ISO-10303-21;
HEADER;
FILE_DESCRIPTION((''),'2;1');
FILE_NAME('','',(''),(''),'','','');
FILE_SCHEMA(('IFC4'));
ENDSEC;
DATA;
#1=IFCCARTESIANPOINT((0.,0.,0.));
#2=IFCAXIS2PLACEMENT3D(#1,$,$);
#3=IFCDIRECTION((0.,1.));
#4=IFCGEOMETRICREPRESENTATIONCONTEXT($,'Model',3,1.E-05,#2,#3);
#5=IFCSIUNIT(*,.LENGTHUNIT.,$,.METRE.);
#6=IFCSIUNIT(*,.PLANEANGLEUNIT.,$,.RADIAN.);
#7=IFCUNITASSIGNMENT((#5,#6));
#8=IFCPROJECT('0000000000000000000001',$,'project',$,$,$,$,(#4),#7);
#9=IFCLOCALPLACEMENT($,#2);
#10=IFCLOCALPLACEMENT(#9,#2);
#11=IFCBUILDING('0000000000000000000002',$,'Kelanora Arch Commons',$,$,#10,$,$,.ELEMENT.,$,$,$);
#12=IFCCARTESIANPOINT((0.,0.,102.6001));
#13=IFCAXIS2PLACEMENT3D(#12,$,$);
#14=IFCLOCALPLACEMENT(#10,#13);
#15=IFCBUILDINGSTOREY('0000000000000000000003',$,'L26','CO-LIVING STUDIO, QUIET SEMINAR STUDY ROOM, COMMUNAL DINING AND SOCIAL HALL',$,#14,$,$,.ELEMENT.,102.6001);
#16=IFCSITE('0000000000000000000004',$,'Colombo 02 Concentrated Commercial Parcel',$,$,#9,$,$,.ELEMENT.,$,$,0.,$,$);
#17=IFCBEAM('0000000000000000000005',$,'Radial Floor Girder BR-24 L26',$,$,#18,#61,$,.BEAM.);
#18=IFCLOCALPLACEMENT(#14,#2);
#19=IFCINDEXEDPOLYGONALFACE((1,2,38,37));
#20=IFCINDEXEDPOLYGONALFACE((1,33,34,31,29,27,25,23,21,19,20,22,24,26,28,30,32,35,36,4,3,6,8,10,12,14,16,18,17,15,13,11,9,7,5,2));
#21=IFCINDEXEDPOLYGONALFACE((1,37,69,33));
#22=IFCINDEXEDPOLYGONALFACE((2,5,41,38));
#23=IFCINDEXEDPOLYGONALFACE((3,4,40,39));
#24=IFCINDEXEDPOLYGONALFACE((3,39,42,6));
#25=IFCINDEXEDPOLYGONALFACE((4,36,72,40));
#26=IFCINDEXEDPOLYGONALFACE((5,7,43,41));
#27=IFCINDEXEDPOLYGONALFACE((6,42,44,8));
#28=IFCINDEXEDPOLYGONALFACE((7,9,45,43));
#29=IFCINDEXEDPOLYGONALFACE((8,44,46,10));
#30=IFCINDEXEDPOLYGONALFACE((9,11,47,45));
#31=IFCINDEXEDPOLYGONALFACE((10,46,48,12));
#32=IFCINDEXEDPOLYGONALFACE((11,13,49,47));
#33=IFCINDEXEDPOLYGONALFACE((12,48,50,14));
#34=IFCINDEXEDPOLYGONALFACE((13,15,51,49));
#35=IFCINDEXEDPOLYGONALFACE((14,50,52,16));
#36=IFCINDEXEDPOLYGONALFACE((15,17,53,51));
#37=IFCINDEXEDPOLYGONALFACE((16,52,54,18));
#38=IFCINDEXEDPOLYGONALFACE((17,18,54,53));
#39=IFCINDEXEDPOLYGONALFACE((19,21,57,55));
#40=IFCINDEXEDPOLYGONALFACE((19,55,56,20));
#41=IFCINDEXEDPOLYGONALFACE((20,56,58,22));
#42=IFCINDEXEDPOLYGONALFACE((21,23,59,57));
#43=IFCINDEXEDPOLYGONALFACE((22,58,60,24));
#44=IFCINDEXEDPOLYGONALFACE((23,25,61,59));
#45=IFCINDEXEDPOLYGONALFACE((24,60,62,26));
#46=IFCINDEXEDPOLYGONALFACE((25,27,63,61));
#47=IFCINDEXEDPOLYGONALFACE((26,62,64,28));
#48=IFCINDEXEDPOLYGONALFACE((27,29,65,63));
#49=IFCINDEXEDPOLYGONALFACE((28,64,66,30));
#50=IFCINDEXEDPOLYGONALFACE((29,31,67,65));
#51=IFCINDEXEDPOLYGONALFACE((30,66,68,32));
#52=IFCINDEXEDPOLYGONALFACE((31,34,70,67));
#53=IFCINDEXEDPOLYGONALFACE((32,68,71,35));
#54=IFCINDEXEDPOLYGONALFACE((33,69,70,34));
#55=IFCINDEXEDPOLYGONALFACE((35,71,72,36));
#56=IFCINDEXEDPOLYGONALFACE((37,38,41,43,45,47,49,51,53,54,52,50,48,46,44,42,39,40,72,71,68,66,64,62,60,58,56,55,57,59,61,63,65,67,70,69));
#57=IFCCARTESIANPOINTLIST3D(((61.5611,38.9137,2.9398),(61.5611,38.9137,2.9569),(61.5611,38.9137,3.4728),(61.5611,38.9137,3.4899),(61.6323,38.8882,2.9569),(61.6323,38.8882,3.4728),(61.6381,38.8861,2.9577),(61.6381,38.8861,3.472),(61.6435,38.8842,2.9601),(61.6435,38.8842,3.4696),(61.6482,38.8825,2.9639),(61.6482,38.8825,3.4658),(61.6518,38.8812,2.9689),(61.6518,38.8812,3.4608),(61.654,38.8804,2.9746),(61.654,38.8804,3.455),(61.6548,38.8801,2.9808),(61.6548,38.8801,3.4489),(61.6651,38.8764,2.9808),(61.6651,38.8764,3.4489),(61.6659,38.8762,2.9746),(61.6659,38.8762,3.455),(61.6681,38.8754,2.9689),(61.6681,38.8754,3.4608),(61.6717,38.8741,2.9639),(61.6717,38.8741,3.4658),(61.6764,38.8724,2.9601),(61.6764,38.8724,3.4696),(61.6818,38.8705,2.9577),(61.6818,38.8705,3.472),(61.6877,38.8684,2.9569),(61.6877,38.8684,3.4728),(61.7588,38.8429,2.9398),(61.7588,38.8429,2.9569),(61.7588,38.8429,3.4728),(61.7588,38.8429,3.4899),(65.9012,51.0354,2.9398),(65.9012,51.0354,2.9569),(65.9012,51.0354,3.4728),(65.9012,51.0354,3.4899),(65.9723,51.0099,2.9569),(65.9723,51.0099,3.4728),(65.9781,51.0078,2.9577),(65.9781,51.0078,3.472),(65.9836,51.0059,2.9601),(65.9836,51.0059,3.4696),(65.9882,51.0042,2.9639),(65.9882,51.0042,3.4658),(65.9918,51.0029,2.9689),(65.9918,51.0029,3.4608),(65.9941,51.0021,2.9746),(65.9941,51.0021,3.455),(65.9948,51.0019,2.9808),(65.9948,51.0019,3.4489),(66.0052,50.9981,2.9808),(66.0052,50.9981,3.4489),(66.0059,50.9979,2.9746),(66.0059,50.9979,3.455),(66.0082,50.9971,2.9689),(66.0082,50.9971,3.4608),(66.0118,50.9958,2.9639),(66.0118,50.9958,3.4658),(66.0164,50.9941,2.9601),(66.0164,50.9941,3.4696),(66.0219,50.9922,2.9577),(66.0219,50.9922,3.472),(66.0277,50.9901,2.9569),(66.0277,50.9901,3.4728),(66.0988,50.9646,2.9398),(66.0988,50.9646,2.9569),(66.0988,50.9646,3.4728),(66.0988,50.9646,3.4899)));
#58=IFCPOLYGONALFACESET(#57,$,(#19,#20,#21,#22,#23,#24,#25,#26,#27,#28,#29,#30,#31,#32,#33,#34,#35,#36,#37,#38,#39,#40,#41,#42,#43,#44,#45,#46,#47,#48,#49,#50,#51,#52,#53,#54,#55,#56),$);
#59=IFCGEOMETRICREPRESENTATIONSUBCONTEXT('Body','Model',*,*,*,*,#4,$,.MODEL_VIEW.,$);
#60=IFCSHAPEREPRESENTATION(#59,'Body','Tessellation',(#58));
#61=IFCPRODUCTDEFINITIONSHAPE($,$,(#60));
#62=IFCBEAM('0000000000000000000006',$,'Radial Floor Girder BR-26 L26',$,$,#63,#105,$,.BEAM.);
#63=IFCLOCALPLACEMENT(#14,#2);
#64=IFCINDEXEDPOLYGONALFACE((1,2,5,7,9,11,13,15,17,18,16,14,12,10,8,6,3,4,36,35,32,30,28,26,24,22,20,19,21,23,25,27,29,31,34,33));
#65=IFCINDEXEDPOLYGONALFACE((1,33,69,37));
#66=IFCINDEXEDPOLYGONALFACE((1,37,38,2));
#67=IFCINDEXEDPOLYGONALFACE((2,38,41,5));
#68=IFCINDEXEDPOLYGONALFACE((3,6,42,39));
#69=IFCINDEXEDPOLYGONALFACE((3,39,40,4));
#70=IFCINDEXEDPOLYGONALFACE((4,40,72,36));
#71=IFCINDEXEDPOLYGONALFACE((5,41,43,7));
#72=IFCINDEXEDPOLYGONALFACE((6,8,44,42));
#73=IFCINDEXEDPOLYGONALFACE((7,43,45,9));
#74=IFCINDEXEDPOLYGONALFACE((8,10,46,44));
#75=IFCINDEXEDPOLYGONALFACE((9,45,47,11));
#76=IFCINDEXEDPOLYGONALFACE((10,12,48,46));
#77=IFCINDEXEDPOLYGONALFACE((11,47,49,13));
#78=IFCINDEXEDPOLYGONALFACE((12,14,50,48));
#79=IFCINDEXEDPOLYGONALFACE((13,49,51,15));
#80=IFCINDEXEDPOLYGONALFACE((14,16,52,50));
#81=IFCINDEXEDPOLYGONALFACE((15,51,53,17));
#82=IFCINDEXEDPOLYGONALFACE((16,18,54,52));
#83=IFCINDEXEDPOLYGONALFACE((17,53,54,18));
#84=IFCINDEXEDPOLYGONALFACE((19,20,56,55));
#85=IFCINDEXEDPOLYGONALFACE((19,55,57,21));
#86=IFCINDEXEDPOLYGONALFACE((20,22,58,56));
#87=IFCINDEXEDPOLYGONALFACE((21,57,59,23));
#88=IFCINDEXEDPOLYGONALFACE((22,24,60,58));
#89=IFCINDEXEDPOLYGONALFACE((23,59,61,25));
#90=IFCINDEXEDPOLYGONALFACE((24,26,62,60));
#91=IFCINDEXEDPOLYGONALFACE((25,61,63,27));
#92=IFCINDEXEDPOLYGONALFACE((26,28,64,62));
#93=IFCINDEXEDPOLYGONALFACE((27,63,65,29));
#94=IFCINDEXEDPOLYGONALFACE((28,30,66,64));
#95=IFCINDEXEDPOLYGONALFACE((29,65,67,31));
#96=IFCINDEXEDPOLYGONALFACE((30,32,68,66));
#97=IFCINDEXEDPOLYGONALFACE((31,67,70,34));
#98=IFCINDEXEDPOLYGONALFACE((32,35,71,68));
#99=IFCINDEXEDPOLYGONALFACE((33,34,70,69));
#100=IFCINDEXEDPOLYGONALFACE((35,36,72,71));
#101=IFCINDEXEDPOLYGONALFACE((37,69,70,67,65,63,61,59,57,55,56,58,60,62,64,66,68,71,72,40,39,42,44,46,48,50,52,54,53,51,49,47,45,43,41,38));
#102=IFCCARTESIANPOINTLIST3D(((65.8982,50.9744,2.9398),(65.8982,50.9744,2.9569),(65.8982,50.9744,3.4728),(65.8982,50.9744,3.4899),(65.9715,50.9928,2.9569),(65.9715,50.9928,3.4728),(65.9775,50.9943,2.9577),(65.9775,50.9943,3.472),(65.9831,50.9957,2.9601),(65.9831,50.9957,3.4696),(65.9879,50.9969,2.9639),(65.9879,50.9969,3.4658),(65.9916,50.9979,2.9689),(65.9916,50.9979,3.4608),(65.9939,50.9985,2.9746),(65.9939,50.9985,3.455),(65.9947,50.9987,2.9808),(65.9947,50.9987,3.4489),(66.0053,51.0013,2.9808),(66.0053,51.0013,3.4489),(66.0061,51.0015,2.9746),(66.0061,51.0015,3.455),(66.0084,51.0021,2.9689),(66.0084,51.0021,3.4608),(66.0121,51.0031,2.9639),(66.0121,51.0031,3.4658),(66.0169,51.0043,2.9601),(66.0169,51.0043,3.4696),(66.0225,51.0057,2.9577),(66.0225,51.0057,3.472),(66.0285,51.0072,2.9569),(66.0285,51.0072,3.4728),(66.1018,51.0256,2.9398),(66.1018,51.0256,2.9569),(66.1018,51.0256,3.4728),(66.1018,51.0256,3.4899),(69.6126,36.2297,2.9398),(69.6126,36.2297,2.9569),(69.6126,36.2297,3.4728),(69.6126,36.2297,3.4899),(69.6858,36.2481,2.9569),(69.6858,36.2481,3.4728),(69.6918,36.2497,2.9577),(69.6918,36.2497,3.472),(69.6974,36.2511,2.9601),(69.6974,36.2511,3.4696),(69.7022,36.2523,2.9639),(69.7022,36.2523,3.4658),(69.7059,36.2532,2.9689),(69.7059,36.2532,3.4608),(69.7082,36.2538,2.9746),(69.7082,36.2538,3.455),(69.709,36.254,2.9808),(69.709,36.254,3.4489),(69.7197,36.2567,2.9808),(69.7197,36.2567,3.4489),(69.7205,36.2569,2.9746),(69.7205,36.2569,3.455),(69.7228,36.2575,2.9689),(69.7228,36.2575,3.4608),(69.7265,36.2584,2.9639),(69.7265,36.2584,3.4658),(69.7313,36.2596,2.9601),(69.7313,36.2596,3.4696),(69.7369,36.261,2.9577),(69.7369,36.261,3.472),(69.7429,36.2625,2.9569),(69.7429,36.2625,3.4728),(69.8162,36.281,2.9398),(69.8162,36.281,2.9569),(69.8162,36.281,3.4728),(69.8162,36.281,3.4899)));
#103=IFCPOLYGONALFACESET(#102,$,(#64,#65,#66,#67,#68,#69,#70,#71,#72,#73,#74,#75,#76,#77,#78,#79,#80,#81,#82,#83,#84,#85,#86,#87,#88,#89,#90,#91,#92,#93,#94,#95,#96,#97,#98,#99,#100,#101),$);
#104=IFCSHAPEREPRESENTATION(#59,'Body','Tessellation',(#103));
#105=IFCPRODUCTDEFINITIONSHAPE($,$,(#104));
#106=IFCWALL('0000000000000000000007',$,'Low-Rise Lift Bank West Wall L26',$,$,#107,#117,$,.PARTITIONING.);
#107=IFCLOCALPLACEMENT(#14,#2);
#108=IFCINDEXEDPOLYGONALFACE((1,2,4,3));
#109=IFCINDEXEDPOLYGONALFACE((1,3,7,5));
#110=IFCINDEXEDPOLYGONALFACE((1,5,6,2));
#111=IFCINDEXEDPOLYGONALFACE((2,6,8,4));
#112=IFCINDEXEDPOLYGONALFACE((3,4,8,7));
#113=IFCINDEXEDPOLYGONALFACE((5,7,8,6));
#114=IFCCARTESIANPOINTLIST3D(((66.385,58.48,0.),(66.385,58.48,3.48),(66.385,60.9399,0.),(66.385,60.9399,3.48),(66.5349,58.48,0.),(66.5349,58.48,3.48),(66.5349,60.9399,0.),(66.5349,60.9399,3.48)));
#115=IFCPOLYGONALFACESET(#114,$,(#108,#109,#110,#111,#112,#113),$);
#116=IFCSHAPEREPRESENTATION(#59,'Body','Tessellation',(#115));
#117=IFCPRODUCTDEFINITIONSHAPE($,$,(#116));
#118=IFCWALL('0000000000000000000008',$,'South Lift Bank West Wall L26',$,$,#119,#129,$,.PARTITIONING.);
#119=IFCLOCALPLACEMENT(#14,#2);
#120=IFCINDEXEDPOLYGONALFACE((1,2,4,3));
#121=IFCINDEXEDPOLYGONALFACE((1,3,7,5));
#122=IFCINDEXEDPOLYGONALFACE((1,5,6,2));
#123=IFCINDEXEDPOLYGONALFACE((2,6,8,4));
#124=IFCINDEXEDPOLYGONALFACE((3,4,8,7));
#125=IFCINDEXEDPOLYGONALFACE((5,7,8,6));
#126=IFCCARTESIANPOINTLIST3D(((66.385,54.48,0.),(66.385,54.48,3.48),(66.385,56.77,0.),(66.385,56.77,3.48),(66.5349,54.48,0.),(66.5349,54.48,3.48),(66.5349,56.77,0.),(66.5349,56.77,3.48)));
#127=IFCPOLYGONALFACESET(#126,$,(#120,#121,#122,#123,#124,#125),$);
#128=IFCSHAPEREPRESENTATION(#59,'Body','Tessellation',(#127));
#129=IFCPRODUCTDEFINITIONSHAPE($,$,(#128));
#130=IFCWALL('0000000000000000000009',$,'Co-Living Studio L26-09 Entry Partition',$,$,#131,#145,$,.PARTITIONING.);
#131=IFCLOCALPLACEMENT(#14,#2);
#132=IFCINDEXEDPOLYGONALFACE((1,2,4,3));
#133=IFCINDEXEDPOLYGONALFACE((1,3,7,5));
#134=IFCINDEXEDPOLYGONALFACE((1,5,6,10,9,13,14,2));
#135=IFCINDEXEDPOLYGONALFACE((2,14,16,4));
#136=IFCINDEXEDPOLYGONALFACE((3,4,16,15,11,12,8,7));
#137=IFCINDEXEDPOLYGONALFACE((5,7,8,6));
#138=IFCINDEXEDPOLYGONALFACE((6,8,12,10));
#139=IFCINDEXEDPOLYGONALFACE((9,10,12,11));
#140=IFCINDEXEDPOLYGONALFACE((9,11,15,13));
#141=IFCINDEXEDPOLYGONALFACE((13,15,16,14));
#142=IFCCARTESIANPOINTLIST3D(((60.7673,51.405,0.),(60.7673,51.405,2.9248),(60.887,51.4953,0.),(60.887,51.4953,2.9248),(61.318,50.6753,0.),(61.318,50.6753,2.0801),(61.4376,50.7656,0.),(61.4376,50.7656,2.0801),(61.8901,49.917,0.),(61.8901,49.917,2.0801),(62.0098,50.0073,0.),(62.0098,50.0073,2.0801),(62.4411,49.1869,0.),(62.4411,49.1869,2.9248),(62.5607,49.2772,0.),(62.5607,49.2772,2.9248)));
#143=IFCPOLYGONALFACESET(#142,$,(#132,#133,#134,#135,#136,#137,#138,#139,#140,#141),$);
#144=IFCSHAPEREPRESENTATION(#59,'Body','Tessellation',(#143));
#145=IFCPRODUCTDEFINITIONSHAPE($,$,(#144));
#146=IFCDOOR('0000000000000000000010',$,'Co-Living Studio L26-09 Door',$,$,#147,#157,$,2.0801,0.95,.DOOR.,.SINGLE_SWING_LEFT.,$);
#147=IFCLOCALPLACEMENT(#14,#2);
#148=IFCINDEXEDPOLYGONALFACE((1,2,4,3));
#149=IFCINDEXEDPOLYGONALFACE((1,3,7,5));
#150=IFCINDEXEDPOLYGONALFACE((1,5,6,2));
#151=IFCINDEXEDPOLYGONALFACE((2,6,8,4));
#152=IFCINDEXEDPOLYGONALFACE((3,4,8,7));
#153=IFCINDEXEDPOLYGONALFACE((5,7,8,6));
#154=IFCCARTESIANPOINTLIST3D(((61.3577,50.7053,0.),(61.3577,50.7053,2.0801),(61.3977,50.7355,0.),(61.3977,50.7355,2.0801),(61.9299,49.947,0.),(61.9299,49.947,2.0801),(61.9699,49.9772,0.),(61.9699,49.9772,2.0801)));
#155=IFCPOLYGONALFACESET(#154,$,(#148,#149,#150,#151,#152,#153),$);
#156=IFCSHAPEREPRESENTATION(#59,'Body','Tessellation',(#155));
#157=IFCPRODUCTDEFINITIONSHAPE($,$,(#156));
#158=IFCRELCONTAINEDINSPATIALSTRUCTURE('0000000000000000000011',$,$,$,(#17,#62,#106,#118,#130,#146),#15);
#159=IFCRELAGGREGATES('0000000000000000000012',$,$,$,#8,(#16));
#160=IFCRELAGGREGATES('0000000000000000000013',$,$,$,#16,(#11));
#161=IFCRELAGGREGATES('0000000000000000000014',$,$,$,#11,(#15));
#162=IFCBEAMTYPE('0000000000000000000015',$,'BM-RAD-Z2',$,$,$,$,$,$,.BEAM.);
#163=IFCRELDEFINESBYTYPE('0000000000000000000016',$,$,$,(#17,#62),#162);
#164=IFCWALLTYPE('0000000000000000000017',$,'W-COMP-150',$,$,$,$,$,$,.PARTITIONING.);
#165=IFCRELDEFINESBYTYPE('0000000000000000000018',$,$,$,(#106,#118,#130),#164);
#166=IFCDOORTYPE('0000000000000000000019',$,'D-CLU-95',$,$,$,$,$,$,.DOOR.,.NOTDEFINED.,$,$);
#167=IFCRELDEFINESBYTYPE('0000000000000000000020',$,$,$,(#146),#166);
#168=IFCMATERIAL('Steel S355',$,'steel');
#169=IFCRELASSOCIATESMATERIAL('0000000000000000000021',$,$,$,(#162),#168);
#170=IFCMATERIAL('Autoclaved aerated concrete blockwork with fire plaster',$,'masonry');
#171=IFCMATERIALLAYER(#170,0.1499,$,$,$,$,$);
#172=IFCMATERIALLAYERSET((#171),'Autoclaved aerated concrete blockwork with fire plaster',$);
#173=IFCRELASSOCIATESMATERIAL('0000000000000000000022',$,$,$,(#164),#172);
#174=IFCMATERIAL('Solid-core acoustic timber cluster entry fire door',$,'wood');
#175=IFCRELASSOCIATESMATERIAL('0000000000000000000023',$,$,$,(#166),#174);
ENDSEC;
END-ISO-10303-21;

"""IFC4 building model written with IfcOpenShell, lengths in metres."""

from ifc_helpers import new_model, si_unit, direction, frame, frame_2d, origin, origin_2d, place, context, subcontext, project, spatial, rectangle, i_section, extrude, material, layer, layer_set, material_profile, profile_set, type_object, element, fill, save


model = new_model("IFC4")

# Units and contexts
model_context = context("Model", 3, precision=1e-05, world=origin(), true_north=direction((0.0, 1.0)))
body_context = subcontext(model_context, "Body", "Model", "MODEL_VIEW")
ifc_project = project(units=[si_unit("LENGTHUNIT", "METRE"), si_unit("PLANEANGLEUNIT", "RADIAN")], contexts=[model_context])

# Site, building, storey
site_placement = place(None, origin())
site = spatial("IfcSite", under=ifc_project, at=site_placement, Name="Colombo 02 Concentrated Commercial Parcel", CompositionType="ELEMENT", RefElevation=0.0)
building_placement = place(site_placement, origin())
building = spatial("IfcBuilding", under=site, at=building_placement, Name="Kelanora Arch Commons", CompositionType="ELEMENT")
storey_placement = place(building_placement, frame((0.0, 0.0, 102.6001)))
storey = spatial("IfcBuildingStorey", under=building, at=storey_placement, Name="L26", Description="CO-LIVING STUDIO, QUIET SEMINAR STUDY ROOM, COMMUNAL DINING AND SOCIAL HALL", CompositionType="ELEMENT", Elevation=102.6001)

# Beams
ifc_material_1 = material(Name="Steel S355", Category="steel")
ifc_material_profile_1 = material_profile(ifc_material_1, i_section(OverallWidth=0.21, OverallDepth=0.55, WebThickness=0.011, FlangeThickness=0.0171, FilletRadius=0.0239, at=origin_2d()), Name="IPE550")
ifc_profile_set_1 = profile_set([ifc_material_profile_1], Name="Steel S355")
beam_type_1 = type_object("IfcBeamType", Name="BM-RAD-Z2", PredefinedType="BEAM", material=ifc_profile_set_1)
beam_1_placement = place(storey_placement, frame((66.0, 51.0, 3.2148), z_axis=(-0.337085, -0.941474, 0.0), x_axis=(0.941474, -0.337085, 0.0)))
element("IfcBeam", 1, at=beam_1_placement, inside=storey, type_object=beam_type_1, Name="Radial Floor Girder BR-24 L26", PredefinedType="BEAM", context=body_context, shape_type="SweptSolid", body=[
    extrude(i_section(OverallWidth=0.21, OverallDepth=0.55, WebThickness=0.011, FlangeThickness=0.0171, FilletRadius=0.0239, at=origin_2d()), origin(), (0.0, 0.0, 1.0), 12.8752),
])
beam_2_placement = place(storey_placement, frame((66.0, 51.0, 3.2148), z_axis=(0.244281, -0.969705, 0.0), x_axis=(0.969705, 0.244281, 0.0)))
element("IfcBeam", 2, at=beam_2_placement, inside=storey, type_object=beam_type_1, Name="Radial Floor Girder BR-26 L26", PredefinedType="BEAM", context=body_context, shape_type="SweptSolid", body=[
    extrude(i_section(OverallWidth=0.21, OverallDepth=0.55, WebThickness=0.011, FlangeThickness=0.0171, FilletRadius=0.0239, at=origin_2d()), origin(), (0.0, 0.0, 1.0), 15.2053),
])

# Walls
ifc_material_2 = material(Name="Autoclaved aerated concrete blockwork with fire plaster", Category="masonry")
ifc_layer_1 = layer(ifc_material_2, 0.1499)
ifc_layer_set_1 = layer_set([ifc_layer_1], Name="Autoclaved aerated concrete blockwork with fire plaster")
wall_type_1 = type_object("IfcWallType", Name="W-COMP-150", PredefinedType="PARTITIONING", material=ifc_layer_set_1)
wall_1_placement = place(storey_placement, frame((66.46, 58.48, 0.0), z_axis=(0.0, 0.0, 1.0), x_axis=(0.0, 1.0, 0.0)))
element("IfcWall", 3, at=wall_1_placement, inside=storey, type_object=wall_type_1, Name="Low-Rise Lift Bank West Wall L26", PredefinedType="PARTITIONING", context=body_context, shape_type="SweptSolid", body=[
    extrude(rectangle(XDim=2.46, YDim=0.1499, at=frame_2d((1.23, 0.0))), origin(), (0.0, 0.0, 1.0), 3.48),
])
wall_2_placement = place(storey_placement, frame((66.46, 54.48, 0.0), z_axis=(0.0, 0.0, 1.0), x_axis=(0.0, 1.0, 0.0)))
element("IfcWall", 4, at=wall_2_placement, inside=storey, type_object=wall_type_1, Name="South Lift Bank West Wall L26", PredefinedType="PARTITIONING", context=body_context, shape_type="SweptSolid", body=[
    extrude(rectangle(XDim=2.29, YDim=0.1499, at=frame_2d((1.145, 0.0))), origin(), (0.0, 0.0, 1.0), 3.48),
])

# Wall, opening, door
wall_3_placement = place(storey_placement, frame((60.8271, 51.4502, 0.0), z_axis=(0.0, 0.0, 1.0), x_axis=(0.602331, -0.798247, 0.0)))
wall_3 = element("IfcWall", 5, at=wall_3_placement, inside=storey, type_object=wall_type_1, Name="Co-Living Studio L26-09 Entry Partition", PredefinedType="PARTITIONING", context=body_context, shape_type="SweptSolid", body=[
    extrude(rectangle(XDim=2.7788, YDim=0.1499, at=frame_2d((1.3894, 0.0))), origin(), (0.0, 0.0, 1.0), 2.9248),
])
opening_1_placement = place(wall_3_placement, frame((0.9141, 0.0, 0.0)))
opening_1 = element("IfcOpeningElement", 6, at=opening_1_placement, cuts=wall_3, PredefinedType="OPENING", context=body_context, shape_type="SweptSolid", body=[
    extrude(rectangle(XDim=0.95, YDim=2.0801, at=frame_2d((0.4751, 1.04))), frame((0.0, 0.085, 0.0), z_axis=(0.0, -1.0, 0.0), x_axis=(1.0, 0.0, 0.0)), (0.0, 0.0, 1.0), 0.1699),
])
ifc_material_3 = material(Name="Solid-core acoustic timber cluster entry fire door", Category="wood")
door_type_1 = type_object("IfcDoorType", Name="D-CLU-95", OperationType="NOTDEFINED", PredefinedType="DOOR", material=ifc_material_3)
door_1_placement = place(opening_1_placement, origin())
door_1 = element("IfcDoor", 7, at=door_1_placement, inside=storey, type_object=door_type_1, Name="Co-Living Studio L26-09 Door", OperationType="SINGLE_SWING_LEFT", OverallHeight=2.0801, OverallWidth=0.95, PredefinedType="DOOR", context=body_context, shape_type="SweptSolid", body=[
    extrude(rectangle(XDim=0.95, YDim=2.0801, at=frame_2d((0.4751, 1.04))), frame((0.0, 0.0249, 0.0), z_axis=(0.0, -1.0, 0.0), x_axis=(1.0, 0.0, 0.0)), (0.0, 0.0, 1.0), 0.05),
])
fill(opening_1, door_1)

save(model, "model.ifc")
